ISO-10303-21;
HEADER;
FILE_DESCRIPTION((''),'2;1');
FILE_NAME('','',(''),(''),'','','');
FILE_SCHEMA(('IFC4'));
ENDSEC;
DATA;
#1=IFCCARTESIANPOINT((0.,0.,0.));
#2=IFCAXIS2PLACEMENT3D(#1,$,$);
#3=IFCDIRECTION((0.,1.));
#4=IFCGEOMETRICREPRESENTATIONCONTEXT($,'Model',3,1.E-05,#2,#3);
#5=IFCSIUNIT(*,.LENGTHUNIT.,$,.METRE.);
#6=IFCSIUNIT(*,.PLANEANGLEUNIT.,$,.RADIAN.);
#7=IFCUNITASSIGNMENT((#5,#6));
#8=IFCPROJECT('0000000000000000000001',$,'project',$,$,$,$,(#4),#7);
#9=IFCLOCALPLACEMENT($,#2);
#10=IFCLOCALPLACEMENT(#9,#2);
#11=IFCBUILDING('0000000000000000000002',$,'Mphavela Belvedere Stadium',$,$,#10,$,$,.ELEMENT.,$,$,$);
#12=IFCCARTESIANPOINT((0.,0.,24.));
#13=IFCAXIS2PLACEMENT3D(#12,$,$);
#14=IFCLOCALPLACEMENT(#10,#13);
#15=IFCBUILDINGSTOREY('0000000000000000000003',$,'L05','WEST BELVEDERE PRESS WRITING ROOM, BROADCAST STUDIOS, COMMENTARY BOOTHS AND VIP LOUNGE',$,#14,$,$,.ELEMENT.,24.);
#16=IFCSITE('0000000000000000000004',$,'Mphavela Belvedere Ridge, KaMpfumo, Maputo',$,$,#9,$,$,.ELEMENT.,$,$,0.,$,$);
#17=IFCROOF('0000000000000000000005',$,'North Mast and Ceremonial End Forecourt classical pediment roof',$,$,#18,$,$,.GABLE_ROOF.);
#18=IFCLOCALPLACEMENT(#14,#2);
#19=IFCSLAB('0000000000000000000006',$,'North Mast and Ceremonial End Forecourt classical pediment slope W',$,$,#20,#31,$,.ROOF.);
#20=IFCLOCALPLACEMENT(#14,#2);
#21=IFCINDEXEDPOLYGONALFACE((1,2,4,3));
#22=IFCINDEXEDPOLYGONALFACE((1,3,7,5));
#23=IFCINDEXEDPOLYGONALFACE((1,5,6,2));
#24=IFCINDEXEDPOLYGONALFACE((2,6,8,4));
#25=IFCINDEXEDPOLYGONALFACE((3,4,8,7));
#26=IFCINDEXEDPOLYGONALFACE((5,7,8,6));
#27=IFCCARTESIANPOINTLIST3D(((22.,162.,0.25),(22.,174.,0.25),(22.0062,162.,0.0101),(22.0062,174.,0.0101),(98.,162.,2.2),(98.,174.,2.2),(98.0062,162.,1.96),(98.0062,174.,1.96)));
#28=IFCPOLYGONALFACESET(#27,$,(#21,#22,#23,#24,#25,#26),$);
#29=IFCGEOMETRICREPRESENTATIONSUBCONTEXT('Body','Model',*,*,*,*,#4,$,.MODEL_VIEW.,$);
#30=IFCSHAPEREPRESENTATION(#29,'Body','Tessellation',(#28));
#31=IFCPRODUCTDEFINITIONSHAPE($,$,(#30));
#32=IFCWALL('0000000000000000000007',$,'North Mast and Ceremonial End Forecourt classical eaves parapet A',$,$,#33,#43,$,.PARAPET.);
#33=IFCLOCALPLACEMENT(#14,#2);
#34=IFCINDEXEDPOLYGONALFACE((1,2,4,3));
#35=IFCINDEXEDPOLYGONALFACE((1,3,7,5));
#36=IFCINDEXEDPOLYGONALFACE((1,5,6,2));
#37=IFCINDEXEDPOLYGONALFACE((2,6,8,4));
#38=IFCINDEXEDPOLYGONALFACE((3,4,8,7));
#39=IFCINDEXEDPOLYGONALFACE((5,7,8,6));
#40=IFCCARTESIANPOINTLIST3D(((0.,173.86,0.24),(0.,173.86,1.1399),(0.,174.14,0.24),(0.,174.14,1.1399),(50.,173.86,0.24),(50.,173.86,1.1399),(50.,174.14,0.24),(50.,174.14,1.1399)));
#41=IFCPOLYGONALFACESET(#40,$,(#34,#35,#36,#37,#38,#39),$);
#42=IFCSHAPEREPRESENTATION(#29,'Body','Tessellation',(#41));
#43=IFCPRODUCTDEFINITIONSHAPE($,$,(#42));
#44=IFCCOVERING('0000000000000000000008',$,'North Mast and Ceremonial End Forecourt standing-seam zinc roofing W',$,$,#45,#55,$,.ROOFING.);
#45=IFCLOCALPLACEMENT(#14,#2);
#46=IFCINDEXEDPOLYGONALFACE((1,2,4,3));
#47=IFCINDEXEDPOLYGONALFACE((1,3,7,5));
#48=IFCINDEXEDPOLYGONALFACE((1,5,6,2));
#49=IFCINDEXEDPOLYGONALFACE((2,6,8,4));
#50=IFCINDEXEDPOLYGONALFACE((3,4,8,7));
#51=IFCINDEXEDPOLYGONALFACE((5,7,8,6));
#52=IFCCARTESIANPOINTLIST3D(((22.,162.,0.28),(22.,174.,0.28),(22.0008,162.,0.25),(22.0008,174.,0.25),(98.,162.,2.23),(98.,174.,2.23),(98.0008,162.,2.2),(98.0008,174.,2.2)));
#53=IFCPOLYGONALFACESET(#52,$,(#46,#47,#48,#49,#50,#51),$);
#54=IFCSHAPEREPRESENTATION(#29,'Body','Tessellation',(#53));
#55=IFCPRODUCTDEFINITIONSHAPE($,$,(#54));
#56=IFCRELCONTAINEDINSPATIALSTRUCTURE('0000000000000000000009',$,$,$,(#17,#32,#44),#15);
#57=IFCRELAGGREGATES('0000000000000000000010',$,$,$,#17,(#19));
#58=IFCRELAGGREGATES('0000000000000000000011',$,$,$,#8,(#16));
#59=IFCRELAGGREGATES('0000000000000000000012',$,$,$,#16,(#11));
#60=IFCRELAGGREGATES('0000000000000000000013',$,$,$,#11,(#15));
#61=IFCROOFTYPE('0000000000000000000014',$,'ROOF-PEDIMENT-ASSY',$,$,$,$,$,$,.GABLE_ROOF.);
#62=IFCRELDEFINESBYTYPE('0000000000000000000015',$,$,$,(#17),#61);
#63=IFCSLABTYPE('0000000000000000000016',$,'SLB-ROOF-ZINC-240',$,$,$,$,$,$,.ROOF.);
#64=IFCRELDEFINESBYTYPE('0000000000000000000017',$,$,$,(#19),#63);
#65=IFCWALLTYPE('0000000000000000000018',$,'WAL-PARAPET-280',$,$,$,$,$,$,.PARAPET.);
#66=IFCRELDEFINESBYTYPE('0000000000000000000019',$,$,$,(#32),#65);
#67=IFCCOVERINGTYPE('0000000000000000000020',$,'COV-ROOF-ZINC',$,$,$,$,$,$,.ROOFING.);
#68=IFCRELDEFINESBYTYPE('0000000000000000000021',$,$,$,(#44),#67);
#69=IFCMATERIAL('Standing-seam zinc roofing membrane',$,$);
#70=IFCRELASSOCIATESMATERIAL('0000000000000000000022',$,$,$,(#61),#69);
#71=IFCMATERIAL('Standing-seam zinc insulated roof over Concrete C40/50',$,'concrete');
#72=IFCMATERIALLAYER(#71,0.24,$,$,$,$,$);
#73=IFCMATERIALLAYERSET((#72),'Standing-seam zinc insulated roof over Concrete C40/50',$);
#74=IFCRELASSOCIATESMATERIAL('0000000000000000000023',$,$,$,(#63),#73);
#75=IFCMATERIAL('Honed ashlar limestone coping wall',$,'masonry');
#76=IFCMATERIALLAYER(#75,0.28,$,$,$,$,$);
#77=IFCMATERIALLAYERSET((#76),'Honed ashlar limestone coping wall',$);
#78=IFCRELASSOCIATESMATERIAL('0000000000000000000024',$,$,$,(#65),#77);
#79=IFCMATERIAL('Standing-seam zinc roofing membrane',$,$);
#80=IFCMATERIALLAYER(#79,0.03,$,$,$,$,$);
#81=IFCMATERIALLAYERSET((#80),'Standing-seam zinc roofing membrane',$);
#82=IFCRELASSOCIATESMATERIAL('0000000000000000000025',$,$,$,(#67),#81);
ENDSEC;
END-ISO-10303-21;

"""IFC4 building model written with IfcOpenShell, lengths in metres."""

from ifc_helpers import new_model, si_unit, direction, frame, frame_2d, origin, place, context, subcontext, project, spatial, polyline, rectangle, outline, extrude, material, layer, layer_set, type_object, element, aggregate, save


model = new_model("IFC4")

# Units and contexts
model_context = context("Model", 3, precision=1e-05, world=origin(), true_north=direction((0.0, 1.0)))
body_context = subcontext(model_context, "Body", "Model", "MODEL_VIEW")
ifc_project = project(units=[si_unit("LENGTHUNIT", "METRE"), si_unit("PLANEANGLEUNIT", "RADIAN")], contexts=[model_context])

# Site, building, storey
site_placement = place(None, origin())
site = spatial("IfcSite", under=ifc_project, at=site_placement, Name="Mphavela Belvedere Ridge, KaMpfumo, Maputo", CompositionType="ELEMENT", RefElevation=0.0)
building_placement = place(site_placement, origin())
building = spatial("IfcBuilding", under=site, at=building_placement, Name="Mphavela Belvedere Stadium", CompositionType="ELEMENT")
storey_placement = place(building_placement, frame((0.0, 0.0, 24.0)))
storey = spatial("IfcBuildingStorey", under=building, at=storey_placement, Name="L05", Description="WEST BELVEDERE PRESS WRITING ROOM, BROADCAST STUDIOS, COMMENTARY BOOTHS AND VIP LOUNGE", CompositionType="ELEMENT", Elevation=24.0)

# Roof, slab
ifc_material_1 = material(Name="Standing-seam zinc roofing membrane")
roof_type = type_object("IfcRoofType", Name="ROOF-PEDIMENT-ASSY", PredefinedType="GABLE_ROOF", material=ifc_material_1)
roof_placement = place(storey_placement, origin())
roof = element("IfcRoof", 1, at=roof_placement, inside=storey, type_object=roof_type, Name="North Mast and Ceremonial End Forecourt classical pediment roof", PredefinedType="GABLE_ROOF")
ifc_material_2 = material(Name="Standing-seam zinc insulated roof over Concrete C40/50", Category="concrete")
ifc_layer_1 = layer(ifc_material_2, 0.24)
ifc_layer_set_1 = layer_set([ifc_layer_1], Name="Standing-seam zinc insulated roof over Concrete C40/50")
slab_type = type_object("IfcSlabType", Name="SLB-ROOF-ZINC-240", PredefinedType="ROOF", material=ifc_layer_set_1)
slab_placement = place(storey_placement, frame((22.0, 162.0, 0.25), z_axis=(-0.025649, 0.0, 0.999671), x_axis=(0.999671, 0.0, 0.025649)))
slab = element("IfcSlab", 2, at=slab_placement, type_object=slab_type, Name="North Mast and Ceremonial End Forecourt classical pediment slope W", PredefinedType="ROOF", context=body_context, shape_type="SweptSolid", body=[
    extrude(outline(polyline([(0.0, 0.0), (76.025, 0.0), (76.025, 12.0), (0.0, 12.0), (0.0, 0.0)])), origin(), (0.0, 0.0, -1.0), 0.24),
])
aggregate(roof, [slab])

# Wall
ifc_material_3 = material(Name="Honed ashlar limestone coping wall", Category="masonry")
ifc_layer_2 = layer(ifc_material_3, 0.28)
ifc_layer_set_2 = layer_set([ifc_layer_2], Name="Honed ashlar limestone coping wall")
wall_type = type_object("IfcWallType", Name="WAL-PARAPET-280", PredefinedType="PARAPET", material=ifc_layer_set_2)
wall_placement = place(storey_placement, frame((0.0, 174.0, 0.24), z_axis=(0.0, 0.0, 1.0), x_axis=(1.0, 0.0, 0.0)))
element("IfcWall", 3, at=wall_placement, inside=storey, type_object=wall_type, Name="North Mast and Ceremonial End Forecourt classical eaves parapet A", PredefinedType="PARAPET", context=body_context, shape_type="SweptSolid", body=[
    extrude(rectangle(XDim=50.0, YDim=0.28, at=frame_2d((25.0, 0.0))), origin(), (0.0, 0.0, 1.0), 0.8999),
])

# Covering
ifc_material_4 = material(Name="Standing-seam zinc roofing membrane")
ifc_layer_3 = layer(ifc_material_4, 0.03)
ifc_layer_set_3 = layer_set([ifc_layer_3], Name="Standing-seam zinc roofing membrane")
covering_type = type_object("IfcCoveringType", Name="COV-ROOF-ZINC", PredefinedType="ROOFING", material=ifc_layer_set_3)
covering_placement = place(storey_placement, frame((22.0, 162.0, 0.28), z_axis=(-0.025649, 0.0, 0.999671), x_axis=(0.999671, 0.0, 0.025649)))
element("IfcCovering", 4, at=covering_placement, inside=storey, type_object=covering_type, Name="North Mast and Ceremonial End Forecourt standing-seam zinc roofing W", PredefinedType="ROOFING", context=body_context, shape_type="SweptSolid", body=[
    extrude(outline(polyline([(0.0, 0.0), (76.025, 0.0), (76.025, 12.0), (0.0, 12.0), (0.0, 0.0)])), origin(), (0.0, 0.0, -1.0), 0.03),
])

save(model, "model.ifc")
